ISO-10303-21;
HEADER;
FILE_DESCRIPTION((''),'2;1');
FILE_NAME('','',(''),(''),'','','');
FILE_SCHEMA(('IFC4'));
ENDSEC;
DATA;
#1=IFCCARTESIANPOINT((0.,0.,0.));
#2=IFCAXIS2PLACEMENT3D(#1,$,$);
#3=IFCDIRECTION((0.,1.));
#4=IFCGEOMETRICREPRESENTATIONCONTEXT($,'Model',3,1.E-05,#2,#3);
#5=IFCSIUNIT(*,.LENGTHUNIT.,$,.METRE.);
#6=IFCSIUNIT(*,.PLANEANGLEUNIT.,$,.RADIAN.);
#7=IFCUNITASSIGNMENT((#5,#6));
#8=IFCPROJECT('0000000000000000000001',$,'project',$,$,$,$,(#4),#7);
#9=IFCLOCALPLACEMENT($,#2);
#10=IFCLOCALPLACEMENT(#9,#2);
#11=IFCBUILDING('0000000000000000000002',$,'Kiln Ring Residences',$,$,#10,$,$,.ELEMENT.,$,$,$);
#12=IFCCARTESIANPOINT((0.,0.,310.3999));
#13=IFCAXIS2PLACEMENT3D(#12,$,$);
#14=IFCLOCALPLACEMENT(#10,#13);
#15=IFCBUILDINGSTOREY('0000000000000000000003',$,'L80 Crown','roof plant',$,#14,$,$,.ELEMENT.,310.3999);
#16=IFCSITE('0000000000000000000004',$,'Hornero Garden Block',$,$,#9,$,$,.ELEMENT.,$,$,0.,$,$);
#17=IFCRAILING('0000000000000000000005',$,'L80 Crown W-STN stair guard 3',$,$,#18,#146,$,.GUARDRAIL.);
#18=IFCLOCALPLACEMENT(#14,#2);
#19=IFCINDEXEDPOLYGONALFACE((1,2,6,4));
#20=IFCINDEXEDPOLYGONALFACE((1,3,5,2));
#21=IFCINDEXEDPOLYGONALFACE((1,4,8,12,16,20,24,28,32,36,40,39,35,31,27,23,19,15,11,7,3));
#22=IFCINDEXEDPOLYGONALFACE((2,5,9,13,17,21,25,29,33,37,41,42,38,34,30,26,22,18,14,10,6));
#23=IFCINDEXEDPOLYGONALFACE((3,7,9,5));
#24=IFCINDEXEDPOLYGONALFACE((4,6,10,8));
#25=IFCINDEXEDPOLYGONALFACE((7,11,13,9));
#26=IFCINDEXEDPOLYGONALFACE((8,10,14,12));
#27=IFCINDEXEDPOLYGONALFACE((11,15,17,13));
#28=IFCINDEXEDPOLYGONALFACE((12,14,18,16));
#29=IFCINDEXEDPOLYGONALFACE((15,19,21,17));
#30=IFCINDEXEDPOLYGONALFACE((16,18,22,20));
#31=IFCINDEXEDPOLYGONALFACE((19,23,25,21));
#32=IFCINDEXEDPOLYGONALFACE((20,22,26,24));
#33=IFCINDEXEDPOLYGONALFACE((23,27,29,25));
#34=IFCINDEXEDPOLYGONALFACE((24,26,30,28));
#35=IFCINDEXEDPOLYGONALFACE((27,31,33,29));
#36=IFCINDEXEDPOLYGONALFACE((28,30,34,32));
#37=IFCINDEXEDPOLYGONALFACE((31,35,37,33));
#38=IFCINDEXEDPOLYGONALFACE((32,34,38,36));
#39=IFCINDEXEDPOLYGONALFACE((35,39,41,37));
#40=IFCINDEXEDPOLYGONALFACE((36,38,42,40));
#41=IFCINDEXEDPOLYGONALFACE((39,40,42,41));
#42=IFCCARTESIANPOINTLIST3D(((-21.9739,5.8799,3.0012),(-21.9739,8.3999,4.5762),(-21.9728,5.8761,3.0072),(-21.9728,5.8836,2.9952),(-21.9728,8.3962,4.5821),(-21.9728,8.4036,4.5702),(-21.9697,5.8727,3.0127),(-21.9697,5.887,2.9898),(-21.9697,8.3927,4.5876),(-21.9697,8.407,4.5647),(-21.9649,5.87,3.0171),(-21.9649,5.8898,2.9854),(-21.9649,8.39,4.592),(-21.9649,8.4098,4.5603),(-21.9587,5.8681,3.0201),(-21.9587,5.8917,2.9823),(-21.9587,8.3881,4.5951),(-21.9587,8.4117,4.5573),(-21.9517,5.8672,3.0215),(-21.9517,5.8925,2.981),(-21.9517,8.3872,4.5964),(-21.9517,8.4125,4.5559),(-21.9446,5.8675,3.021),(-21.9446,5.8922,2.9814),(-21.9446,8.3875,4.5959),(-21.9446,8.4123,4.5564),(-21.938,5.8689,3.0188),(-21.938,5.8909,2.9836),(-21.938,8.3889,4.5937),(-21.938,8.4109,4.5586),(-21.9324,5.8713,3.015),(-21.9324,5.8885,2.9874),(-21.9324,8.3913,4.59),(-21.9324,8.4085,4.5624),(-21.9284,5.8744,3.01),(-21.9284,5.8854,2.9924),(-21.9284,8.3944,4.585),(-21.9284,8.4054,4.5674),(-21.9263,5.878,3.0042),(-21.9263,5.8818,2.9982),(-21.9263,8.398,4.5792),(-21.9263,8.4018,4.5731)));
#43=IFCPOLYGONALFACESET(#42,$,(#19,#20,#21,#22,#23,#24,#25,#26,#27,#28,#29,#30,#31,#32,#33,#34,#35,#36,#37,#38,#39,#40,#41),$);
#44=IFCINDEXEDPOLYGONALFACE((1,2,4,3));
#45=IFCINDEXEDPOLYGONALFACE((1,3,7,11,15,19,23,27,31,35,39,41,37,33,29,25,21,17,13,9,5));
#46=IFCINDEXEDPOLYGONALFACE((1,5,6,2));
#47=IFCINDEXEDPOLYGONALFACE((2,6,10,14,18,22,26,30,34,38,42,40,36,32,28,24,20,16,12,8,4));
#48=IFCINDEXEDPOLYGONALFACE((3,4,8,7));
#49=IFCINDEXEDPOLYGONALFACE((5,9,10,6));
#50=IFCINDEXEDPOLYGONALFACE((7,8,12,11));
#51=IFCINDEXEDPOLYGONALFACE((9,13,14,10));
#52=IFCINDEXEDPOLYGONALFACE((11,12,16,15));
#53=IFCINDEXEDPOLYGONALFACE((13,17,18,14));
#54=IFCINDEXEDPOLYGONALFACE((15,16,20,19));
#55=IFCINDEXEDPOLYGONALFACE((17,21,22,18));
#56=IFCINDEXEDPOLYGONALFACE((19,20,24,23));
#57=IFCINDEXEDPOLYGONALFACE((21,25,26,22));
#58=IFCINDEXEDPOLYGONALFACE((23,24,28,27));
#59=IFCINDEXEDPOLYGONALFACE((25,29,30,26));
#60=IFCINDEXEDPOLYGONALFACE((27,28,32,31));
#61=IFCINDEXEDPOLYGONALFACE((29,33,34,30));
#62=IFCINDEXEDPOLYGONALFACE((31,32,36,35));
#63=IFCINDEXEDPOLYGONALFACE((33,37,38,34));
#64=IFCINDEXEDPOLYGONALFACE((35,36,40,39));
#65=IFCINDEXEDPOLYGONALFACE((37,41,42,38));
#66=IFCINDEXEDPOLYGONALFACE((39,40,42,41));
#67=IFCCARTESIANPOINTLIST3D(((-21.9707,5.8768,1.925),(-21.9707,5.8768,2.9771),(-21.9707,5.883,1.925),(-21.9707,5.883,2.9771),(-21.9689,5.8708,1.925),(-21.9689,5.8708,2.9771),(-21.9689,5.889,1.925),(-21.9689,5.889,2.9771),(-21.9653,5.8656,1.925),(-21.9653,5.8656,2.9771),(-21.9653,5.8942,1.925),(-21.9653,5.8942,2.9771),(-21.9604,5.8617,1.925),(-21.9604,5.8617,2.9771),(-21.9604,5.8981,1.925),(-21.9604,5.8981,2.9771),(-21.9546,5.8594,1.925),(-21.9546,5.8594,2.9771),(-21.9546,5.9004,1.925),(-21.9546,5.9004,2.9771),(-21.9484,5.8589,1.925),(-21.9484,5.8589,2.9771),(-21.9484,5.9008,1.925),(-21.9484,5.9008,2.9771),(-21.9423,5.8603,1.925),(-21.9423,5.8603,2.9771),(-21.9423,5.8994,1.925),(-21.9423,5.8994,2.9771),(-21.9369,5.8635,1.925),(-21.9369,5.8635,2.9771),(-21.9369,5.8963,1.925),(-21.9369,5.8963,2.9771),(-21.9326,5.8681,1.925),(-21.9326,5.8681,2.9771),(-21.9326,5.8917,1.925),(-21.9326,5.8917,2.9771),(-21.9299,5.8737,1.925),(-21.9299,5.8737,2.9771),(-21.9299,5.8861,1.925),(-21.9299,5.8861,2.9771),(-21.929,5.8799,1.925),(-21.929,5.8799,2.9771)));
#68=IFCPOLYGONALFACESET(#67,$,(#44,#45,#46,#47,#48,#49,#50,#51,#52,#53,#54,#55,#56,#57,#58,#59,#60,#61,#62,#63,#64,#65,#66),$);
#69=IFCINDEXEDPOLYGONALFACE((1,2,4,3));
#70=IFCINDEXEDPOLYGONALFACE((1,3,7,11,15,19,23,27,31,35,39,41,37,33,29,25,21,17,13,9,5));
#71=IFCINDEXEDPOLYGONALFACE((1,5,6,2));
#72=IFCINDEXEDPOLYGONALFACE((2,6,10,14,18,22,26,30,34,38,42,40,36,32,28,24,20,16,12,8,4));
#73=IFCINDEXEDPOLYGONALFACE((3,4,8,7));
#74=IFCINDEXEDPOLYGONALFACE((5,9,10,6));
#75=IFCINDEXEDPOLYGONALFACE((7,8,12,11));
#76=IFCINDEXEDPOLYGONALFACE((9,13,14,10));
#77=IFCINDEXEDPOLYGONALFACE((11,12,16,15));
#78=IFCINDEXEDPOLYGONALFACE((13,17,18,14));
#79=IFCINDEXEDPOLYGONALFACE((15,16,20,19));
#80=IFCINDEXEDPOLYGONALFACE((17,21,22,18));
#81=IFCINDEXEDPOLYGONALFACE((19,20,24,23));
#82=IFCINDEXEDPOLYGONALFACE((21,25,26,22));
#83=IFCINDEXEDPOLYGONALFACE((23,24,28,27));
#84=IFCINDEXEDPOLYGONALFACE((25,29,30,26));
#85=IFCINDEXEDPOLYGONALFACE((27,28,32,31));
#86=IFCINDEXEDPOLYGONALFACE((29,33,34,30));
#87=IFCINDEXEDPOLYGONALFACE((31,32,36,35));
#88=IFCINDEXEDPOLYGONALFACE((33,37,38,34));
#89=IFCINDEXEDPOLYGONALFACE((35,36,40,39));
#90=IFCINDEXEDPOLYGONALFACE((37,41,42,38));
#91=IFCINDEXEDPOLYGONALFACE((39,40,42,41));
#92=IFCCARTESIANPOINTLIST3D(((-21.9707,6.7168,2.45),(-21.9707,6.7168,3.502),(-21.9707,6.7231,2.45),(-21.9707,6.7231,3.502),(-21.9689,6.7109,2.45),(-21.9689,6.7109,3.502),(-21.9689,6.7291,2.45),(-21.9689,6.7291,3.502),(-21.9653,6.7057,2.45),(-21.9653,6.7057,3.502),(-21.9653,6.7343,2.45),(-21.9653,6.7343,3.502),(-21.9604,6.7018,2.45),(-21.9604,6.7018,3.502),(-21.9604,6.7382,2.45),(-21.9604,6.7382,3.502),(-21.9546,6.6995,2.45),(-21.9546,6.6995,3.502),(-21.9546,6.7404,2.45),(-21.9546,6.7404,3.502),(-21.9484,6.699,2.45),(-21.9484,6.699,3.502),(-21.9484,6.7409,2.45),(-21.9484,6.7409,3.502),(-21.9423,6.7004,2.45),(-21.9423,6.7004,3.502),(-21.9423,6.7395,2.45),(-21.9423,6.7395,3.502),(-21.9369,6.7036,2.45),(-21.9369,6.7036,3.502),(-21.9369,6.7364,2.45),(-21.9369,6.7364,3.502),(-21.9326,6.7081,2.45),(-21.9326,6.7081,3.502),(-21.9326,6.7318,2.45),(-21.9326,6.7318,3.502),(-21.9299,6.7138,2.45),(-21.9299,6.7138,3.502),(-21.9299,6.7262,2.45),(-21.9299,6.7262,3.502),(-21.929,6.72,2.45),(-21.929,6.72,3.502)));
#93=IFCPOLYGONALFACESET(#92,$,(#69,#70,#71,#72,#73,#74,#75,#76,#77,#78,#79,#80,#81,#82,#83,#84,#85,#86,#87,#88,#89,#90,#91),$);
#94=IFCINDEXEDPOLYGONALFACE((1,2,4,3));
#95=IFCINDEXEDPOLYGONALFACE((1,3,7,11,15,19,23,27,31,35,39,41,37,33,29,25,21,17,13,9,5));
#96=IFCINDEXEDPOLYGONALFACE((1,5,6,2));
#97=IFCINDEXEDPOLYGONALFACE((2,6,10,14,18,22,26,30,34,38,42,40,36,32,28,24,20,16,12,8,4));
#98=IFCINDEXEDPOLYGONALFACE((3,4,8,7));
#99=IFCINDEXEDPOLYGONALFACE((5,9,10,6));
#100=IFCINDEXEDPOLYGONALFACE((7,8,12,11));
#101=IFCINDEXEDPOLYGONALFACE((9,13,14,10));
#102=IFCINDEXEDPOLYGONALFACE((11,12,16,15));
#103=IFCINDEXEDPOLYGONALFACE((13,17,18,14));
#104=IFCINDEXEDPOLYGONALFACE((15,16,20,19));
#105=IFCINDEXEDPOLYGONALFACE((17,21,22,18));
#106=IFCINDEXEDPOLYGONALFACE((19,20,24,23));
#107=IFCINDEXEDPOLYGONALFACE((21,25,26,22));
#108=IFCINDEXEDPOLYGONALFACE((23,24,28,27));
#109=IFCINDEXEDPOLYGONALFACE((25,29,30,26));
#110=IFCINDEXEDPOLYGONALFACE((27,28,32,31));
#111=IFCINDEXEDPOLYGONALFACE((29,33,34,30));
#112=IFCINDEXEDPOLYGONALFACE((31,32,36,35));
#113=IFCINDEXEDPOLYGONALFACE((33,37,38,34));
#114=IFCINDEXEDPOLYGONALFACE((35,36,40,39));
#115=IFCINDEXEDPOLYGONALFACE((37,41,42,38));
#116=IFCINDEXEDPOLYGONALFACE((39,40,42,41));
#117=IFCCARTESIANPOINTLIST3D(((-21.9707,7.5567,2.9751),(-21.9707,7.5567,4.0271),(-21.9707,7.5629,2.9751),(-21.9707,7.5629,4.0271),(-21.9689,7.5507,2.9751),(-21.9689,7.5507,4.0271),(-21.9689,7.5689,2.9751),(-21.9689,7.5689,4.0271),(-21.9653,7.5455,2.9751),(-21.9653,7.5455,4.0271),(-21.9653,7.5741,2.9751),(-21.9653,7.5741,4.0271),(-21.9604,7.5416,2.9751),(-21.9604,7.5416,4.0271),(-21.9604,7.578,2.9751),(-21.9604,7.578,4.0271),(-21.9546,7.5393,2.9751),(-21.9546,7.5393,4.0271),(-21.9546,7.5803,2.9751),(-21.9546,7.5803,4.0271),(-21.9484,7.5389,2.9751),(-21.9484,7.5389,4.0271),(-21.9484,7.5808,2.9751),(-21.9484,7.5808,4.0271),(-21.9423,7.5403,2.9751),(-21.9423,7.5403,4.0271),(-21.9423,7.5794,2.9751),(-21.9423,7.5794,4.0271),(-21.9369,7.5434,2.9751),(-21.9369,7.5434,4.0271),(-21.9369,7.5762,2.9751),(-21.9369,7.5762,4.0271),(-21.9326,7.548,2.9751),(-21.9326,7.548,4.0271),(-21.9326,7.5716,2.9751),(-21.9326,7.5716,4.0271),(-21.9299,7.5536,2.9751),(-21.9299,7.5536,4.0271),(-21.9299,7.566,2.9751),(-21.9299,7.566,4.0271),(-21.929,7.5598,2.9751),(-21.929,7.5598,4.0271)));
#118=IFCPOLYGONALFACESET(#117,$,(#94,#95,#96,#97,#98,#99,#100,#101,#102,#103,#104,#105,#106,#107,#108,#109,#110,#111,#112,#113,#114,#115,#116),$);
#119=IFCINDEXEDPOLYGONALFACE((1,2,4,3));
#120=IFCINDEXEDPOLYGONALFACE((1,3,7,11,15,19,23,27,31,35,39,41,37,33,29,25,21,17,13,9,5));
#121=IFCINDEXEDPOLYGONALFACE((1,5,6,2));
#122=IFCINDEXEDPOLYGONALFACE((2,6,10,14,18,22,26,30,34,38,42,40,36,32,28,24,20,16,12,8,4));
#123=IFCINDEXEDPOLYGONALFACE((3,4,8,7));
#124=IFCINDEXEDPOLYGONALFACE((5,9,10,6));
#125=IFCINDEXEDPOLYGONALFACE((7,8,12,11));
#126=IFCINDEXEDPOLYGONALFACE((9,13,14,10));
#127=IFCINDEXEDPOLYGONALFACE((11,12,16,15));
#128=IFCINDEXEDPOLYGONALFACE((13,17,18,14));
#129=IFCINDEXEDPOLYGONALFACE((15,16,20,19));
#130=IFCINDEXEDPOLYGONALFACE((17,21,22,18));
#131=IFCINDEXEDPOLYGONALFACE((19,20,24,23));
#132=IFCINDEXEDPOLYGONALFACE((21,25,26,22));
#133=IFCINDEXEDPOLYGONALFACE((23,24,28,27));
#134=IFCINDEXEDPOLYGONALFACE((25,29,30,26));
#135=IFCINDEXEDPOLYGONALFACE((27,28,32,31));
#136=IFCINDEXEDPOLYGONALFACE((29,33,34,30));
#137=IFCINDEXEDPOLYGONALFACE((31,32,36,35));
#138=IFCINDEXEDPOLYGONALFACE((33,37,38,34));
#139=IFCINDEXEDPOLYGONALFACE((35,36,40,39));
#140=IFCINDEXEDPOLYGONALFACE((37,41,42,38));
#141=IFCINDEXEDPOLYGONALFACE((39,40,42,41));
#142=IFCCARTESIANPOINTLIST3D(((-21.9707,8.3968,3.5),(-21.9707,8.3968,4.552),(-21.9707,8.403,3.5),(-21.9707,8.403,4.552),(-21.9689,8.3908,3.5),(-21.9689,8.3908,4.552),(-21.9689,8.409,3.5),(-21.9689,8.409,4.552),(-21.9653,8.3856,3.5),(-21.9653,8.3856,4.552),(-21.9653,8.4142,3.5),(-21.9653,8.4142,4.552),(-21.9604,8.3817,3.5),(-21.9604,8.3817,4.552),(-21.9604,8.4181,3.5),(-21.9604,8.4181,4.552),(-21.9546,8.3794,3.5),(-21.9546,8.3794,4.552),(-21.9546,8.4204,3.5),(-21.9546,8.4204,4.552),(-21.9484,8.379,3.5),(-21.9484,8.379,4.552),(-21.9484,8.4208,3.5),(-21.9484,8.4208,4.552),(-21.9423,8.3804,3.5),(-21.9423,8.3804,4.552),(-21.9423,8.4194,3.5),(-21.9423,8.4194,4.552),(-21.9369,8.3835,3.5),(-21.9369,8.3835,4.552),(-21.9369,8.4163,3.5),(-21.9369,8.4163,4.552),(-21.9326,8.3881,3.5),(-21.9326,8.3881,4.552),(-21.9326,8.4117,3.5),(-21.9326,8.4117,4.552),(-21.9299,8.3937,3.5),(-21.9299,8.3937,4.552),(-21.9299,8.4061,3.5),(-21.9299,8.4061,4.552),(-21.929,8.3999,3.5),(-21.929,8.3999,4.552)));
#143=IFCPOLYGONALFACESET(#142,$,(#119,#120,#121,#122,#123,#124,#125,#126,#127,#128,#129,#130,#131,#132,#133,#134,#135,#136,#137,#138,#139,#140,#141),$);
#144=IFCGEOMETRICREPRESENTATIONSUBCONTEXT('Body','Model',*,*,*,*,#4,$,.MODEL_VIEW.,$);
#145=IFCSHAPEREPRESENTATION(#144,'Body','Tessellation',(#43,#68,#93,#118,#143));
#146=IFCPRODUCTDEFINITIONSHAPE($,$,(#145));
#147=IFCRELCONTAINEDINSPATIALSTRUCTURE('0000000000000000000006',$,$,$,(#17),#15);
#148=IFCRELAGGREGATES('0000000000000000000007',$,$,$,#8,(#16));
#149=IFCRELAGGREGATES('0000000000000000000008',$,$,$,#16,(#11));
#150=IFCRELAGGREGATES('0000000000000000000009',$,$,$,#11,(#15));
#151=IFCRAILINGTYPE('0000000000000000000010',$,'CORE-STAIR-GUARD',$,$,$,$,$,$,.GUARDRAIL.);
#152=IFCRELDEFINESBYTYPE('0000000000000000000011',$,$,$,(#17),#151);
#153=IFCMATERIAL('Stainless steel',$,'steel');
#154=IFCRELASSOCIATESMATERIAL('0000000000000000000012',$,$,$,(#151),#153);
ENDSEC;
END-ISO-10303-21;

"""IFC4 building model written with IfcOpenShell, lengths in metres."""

from ifc_helpers import new_model, si_unit, direction, frame, origin, origin_2d, place, context, subcontext, project, spatial, circle, extrude, material, type_object, element, save


model = new_model("IFC4")

# Units and contexts
model_context = context("Model", 3, precision=1e-05, world=origin(), true_north=direction((0.0, 1.0)))
body_context = subcontext(model_context, "Body", "Model", "MODEL_VIEW")
ifc_project = project(units=[si_unit("LENGTHUNIT", "METRE"), si_unit("PLANEANGLEUNIT", "RADIAN")], contexts=[model_context])

# Site, building, storey
site_placement = place(None, origin())
site = spatial("IfcSite", under=ifc_project, at=site_placement, Name="Hornero Garden Block", CompositionType="ELEMENT", RefElevation=0.0)
building_placement = place(site_placement, origin())
building = spatial("IfcBuilding", under=site, at=building_placement, Name="Kiln Ring Residences", CompositionType="ELEMENT")
storey_placement = place(building_placement, frame((0.0, 0.0, 310.3999)))
storey = spatial("IfcBuildingStorey", under=building, at=storey_placement, Name="L80 Crown", Description="roof plant", CompositionType="ELEMENT", Elevation=310.3999)

# Railing
ifc_material_1 = material(Name="Stainless steel", Category="steel")
railing_type_1 = type_object("IfcRailingType", Name="CORE-STAIR-GUARD", PredefinedType="GUARDRAIL", material=ifc_material_1)
railing_1_placement = place(storey_placement, frame((-21.95, 5.8799, 1.925)))
element("IfcRailing", 1, at=railing_1_placement, inside=storey, type_object=railing_type_1, Name="L80 Crown W-STN stair guard 3", PredefinedType="GUARDRAIL", context=body_context, shape_type="SweptSolid", body=[
    extrude(circle(Radius=0.0239, at=origin_2d()), frame((0.0, 0.0, 1.0762), z_axis=(0.0, 0.848008, 0.529984), x_axis=(-1.0, 0.0, 0.0)), (0.0, 0.0, 1.0), 2.9717),
    extrude(circle(Radius=0.021, at=origin_2d()), origin(), (0.0, 0.0, 1.0), 1.052),
    extrude(circle(Radius=0.021, at=origin_2d()), frame((0.0, 0.8401, 0.5249)), (0.0, 0.0, 1.0), 1.052),
    extrude(circle(Radius=0.021, at=origin_2d()), frame((0.0, 1.6799, 1.05)), (0.0, 0.0, 1.0), 1.052),
    extrude(circle(Radius=0.021, at=origin_2d()), frame((0.0, 2.52, 1.575)), (0.0, 0.0, 1.0), 1.052),
])

save(model, "model.ifc")
